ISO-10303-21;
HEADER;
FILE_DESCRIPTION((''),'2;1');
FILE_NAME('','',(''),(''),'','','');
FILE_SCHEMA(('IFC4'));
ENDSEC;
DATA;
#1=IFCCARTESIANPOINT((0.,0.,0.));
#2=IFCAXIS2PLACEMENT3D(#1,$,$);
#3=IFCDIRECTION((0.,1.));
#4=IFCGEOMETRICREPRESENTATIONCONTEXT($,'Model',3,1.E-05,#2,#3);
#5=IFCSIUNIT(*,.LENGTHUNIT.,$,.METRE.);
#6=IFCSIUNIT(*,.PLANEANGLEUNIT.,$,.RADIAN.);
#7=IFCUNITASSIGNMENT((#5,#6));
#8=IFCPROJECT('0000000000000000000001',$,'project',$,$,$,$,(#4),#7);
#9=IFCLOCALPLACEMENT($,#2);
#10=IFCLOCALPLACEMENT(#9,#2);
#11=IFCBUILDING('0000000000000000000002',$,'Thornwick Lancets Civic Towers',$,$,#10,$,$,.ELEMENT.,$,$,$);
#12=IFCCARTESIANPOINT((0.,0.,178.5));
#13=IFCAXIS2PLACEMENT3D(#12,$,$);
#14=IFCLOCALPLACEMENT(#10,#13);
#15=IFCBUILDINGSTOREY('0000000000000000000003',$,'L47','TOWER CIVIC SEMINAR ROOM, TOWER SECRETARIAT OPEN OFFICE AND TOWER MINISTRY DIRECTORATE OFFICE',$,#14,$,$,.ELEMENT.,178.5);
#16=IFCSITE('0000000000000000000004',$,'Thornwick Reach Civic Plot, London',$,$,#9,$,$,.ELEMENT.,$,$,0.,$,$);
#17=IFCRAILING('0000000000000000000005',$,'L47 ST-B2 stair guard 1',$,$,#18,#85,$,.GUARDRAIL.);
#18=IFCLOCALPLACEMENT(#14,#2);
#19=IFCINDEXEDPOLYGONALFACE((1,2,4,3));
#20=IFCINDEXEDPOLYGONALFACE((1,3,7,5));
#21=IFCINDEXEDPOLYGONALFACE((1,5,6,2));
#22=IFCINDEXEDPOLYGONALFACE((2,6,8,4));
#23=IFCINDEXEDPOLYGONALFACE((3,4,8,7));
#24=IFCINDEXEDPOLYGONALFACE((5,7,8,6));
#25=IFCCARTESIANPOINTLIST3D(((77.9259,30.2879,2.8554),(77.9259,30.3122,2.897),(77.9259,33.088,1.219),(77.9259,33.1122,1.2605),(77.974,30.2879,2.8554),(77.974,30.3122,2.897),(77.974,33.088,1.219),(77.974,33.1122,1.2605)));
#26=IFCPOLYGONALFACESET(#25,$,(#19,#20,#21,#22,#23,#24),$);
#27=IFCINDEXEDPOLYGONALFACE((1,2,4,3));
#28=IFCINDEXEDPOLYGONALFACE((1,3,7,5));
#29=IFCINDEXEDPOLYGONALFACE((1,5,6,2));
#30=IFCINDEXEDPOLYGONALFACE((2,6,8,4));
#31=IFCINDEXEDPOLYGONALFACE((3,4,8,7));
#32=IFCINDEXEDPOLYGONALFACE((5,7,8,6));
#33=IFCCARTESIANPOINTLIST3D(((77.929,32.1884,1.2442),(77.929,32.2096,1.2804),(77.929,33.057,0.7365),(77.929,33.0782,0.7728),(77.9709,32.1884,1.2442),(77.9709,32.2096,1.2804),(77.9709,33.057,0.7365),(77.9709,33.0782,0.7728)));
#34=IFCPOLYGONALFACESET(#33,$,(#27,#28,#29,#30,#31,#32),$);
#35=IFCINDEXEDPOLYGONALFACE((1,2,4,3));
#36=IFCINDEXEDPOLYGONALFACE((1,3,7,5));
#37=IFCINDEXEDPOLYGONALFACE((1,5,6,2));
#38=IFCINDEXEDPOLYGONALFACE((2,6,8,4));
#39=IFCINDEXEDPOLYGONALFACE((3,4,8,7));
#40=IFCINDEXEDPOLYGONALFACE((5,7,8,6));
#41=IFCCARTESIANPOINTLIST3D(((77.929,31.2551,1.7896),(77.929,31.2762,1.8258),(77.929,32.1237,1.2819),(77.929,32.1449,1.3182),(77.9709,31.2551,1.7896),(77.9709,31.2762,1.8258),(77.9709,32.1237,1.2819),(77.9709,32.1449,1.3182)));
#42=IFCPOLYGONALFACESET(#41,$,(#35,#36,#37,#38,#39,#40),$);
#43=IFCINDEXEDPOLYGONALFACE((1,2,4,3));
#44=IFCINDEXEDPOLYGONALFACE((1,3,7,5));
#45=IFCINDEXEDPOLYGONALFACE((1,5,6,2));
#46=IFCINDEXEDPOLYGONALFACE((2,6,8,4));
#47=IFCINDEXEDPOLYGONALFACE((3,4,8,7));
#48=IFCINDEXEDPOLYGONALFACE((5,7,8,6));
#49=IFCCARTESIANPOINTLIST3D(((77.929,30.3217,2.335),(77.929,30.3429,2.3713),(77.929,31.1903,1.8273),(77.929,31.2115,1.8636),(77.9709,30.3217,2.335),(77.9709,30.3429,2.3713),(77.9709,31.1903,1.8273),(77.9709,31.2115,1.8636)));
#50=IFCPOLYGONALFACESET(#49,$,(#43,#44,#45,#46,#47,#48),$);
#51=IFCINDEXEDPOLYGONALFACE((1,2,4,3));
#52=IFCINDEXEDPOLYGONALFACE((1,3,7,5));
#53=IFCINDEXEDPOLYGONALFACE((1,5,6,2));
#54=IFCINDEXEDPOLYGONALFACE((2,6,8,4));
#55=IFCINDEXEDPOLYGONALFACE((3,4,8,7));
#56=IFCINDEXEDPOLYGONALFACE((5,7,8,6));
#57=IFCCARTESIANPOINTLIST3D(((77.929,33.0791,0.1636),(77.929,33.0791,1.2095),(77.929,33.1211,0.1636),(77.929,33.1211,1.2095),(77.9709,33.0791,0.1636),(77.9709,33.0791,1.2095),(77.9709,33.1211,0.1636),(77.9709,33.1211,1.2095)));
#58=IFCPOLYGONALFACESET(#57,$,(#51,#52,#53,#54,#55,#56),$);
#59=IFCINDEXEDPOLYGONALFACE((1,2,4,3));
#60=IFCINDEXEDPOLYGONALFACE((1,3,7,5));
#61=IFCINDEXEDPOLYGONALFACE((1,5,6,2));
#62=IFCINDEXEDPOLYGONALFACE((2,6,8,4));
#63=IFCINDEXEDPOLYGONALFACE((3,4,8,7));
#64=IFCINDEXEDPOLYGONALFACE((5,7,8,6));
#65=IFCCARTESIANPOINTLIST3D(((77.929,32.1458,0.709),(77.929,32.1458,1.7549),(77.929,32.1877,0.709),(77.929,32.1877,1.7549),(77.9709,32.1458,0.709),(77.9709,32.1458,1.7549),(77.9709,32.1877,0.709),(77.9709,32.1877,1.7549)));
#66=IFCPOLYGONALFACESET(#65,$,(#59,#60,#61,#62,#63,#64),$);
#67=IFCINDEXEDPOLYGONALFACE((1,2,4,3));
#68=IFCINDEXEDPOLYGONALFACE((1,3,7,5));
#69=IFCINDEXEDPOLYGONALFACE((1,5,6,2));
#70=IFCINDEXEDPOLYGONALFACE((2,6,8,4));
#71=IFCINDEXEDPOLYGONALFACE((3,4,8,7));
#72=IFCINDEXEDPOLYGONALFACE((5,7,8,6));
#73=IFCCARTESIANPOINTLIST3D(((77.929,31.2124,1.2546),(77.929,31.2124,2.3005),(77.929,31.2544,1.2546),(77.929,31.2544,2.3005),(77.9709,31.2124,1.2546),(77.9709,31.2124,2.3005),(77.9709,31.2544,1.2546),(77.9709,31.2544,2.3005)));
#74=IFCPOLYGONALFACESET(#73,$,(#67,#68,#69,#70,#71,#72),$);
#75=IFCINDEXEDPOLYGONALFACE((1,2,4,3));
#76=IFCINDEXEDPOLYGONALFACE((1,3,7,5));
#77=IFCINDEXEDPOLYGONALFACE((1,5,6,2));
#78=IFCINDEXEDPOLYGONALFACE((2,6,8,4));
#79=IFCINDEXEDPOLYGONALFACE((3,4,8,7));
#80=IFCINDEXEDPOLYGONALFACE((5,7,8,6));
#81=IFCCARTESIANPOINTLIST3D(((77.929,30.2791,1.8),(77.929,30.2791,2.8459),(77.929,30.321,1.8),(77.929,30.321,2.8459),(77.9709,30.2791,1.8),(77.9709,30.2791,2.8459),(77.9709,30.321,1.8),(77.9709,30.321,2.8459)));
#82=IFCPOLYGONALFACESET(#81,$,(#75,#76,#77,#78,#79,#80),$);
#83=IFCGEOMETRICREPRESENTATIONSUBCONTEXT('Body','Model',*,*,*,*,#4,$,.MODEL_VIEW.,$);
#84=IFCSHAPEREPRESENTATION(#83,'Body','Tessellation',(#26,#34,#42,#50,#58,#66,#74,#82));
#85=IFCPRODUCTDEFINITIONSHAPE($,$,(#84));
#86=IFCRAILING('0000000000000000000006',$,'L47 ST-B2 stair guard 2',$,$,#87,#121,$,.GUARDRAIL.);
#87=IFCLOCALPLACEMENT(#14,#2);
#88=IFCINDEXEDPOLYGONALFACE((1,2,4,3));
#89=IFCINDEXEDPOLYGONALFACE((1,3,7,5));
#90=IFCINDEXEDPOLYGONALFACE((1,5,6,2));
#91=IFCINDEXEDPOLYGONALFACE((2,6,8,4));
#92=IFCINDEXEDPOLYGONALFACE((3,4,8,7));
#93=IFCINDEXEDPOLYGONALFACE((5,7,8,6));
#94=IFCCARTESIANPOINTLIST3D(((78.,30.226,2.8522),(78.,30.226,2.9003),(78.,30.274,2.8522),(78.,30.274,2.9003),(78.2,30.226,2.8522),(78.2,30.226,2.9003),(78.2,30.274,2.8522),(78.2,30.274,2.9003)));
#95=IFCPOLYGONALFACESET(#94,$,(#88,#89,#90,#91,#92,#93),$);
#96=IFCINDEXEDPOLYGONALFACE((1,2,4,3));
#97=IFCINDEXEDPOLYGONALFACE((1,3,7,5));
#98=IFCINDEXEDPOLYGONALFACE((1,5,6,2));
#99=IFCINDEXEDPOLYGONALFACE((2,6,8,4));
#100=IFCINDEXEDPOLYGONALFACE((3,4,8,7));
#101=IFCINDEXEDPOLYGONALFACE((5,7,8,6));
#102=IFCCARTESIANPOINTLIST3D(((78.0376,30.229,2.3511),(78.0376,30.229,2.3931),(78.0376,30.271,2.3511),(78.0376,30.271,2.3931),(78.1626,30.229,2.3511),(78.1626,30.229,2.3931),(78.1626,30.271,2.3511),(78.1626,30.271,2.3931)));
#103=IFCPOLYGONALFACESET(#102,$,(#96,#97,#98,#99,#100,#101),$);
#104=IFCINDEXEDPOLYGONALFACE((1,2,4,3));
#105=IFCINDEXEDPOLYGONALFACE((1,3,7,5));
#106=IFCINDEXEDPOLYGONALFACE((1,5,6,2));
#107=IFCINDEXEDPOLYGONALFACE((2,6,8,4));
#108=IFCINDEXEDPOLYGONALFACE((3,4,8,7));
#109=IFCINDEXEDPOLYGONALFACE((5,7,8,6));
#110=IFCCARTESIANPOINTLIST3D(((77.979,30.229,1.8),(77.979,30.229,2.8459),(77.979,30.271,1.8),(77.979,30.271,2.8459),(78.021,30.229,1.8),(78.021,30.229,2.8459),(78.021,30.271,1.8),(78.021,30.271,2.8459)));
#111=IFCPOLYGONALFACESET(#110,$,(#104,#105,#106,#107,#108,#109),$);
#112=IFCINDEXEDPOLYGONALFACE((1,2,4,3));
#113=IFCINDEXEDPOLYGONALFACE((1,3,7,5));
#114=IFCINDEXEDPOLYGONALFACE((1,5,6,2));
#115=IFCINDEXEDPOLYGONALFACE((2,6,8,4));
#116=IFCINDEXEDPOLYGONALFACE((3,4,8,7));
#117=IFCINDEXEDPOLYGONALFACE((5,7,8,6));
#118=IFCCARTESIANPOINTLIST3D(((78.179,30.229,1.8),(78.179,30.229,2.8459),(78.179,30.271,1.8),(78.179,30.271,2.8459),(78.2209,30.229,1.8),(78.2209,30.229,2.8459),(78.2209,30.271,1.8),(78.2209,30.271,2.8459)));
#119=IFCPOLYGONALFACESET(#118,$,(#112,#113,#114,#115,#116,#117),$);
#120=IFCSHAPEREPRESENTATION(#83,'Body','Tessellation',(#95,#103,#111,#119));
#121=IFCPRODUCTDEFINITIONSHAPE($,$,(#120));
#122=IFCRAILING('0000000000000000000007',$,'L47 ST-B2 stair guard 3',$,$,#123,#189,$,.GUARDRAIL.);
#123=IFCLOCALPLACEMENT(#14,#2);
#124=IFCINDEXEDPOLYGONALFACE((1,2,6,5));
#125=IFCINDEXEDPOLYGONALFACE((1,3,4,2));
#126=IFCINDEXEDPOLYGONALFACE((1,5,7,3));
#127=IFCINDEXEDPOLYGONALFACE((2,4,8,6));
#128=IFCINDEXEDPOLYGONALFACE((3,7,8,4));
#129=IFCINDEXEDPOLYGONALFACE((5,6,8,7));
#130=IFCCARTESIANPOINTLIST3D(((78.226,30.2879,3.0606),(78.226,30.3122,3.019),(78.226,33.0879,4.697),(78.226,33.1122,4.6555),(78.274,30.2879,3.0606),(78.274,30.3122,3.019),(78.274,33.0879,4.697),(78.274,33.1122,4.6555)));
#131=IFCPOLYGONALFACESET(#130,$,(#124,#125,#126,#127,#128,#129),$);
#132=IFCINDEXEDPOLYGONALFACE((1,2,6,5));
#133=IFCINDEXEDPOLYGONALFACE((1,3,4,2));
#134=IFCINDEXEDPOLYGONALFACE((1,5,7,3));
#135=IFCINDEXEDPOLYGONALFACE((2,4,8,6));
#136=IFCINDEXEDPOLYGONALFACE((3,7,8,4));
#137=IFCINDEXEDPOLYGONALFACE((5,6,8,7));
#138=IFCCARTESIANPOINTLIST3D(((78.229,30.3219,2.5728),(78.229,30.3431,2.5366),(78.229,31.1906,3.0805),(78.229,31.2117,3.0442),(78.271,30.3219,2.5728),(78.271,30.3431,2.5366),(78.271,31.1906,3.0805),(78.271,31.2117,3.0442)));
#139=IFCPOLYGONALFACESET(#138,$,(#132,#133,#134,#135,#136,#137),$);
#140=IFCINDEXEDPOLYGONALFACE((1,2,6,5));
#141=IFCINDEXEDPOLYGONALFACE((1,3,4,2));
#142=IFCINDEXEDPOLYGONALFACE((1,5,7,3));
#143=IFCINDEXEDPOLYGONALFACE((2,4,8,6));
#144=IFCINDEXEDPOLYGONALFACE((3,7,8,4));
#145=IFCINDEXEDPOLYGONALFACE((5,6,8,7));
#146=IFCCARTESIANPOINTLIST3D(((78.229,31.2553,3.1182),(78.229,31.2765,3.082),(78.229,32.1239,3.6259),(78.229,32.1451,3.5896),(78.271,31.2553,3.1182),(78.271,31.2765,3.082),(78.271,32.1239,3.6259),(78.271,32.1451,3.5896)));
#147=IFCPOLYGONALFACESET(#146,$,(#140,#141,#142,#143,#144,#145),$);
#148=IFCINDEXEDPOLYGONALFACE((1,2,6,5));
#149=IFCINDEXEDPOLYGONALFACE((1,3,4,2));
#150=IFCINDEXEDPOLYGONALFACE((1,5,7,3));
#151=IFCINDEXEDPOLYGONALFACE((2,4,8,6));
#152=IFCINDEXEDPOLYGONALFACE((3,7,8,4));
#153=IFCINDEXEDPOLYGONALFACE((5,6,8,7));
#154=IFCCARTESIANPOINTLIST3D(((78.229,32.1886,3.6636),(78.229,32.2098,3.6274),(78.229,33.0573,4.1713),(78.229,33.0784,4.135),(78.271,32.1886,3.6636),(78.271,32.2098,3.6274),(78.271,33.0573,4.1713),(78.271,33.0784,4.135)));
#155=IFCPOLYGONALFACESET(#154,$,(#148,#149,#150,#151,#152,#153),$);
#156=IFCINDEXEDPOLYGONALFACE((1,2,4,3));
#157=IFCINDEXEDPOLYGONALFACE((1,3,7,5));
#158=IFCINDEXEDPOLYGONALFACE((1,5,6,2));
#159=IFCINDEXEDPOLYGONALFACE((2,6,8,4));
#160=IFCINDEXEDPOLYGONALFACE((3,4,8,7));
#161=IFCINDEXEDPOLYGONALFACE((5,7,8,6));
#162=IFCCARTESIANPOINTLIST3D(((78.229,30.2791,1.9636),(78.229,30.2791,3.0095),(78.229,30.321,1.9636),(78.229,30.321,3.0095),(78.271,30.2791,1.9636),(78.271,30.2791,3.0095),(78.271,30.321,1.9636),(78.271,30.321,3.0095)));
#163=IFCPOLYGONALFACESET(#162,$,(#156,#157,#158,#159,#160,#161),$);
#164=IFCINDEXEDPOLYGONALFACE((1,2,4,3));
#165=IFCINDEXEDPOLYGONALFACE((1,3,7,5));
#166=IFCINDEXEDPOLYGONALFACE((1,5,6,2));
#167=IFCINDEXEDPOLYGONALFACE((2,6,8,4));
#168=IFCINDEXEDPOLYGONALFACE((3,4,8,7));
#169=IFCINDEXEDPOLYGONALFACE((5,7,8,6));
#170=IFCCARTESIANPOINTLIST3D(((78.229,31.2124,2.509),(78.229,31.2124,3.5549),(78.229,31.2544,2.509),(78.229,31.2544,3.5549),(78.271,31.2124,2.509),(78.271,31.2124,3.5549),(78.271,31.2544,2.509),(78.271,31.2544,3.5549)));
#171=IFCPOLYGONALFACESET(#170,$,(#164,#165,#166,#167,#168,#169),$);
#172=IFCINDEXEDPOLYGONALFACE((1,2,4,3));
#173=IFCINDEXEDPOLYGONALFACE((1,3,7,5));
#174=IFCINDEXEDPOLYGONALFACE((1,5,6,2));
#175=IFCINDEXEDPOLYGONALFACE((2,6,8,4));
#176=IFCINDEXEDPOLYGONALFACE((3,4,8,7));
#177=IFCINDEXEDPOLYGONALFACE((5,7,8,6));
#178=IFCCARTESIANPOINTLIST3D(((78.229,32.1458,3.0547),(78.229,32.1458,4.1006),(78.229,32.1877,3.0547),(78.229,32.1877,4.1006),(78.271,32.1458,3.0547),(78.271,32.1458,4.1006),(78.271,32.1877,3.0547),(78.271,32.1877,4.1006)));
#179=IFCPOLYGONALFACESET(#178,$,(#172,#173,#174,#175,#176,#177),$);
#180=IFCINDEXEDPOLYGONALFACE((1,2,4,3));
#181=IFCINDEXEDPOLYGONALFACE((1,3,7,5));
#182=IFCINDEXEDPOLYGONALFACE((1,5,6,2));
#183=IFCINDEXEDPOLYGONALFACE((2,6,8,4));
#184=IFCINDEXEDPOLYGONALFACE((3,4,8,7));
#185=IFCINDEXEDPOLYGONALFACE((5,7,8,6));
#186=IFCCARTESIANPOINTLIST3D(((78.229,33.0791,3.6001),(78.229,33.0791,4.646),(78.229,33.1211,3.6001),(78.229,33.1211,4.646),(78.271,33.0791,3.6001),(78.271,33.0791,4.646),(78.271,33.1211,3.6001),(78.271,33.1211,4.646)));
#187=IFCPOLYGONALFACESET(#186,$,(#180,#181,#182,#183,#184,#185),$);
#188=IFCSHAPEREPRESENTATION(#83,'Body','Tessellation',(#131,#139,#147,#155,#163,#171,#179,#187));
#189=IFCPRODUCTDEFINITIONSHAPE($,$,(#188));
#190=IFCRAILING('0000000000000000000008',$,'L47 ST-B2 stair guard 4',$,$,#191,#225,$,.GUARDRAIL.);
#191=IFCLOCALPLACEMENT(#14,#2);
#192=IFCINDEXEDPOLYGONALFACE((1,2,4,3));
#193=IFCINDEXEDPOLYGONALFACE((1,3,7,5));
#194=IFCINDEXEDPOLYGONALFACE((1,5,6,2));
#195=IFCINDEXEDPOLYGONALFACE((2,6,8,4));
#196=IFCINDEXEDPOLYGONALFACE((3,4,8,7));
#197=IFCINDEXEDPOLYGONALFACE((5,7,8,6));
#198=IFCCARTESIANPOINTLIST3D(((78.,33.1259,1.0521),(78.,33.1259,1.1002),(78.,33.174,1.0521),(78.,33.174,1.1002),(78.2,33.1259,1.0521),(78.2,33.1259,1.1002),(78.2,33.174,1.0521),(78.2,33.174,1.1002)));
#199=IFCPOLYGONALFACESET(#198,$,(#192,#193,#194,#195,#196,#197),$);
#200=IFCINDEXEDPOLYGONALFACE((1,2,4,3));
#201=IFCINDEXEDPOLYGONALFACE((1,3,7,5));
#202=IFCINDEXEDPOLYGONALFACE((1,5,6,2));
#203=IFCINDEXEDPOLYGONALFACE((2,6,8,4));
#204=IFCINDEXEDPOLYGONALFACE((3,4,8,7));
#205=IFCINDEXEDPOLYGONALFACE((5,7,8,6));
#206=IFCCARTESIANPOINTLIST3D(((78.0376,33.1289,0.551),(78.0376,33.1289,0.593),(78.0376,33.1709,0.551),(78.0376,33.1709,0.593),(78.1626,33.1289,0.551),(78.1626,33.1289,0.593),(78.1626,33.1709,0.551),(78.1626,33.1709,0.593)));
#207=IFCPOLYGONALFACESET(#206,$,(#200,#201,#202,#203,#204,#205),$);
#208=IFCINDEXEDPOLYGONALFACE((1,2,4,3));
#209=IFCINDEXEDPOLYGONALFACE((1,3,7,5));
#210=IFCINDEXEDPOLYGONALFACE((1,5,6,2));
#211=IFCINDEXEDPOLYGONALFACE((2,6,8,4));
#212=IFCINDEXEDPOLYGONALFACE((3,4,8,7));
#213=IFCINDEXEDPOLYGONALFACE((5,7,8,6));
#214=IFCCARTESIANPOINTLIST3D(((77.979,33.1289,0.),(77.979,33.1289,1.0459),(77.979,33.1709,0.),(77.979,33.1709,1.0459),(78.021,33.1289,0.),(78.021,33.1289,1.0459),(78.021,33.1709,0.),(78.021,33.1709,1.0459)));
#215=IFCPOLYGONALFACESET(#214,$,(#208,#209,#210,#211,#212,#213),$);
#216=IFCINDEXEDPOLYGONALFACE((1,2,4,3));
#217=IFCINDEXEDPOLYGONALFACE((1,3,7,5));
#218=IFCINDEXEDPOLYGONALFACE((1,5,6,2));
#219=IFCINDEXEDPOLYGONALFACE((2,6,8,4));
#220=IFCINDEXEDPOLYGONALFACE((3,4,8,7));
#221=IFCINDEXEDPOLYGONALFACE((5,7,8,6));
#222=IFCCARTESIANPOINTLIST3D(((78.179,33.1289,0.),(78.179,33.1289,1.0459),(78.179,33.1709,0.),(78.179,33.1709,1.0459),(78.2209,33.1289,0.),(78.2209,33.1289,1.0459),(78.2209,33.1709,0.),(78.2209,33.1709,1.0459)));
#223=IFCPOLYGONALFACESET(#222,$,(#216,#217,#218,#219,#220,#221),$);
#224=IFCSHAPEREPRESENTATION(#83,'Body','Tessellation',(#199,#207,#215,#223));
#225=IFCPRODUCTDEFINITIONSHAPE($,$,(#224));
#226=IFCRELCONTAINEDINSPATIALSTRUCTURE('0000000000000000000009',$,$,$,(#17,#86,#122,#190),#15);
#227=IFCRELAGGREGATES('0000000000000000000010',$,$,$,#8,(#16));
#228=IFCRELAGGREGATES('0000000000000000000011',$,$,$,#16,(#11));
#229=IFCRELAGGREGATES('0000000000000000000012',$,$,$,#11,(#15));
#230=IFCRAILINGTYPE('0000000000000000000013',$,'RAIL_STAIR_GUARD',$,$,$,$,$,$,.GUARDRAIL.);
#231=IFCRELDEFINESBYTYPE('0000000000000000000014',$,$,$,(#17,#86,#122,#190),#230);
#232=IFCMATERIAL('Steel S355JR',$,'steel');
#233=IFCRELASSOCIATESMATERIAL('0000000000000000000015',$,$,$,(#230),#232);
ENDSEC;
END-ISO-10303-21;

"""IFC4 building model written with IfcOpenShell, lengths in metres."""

from ifc_helpers import new_model, si_unit, direction, frame, origin, origin_2d, place, context, subcontext, project, spatial, rectangle, extrude, material, type_object, element, save


model = new_model("IFC4")

# Units and contexts
model_context = context("Model", 3, precision=1e-05, world=origin(), true_north=direction((0.0, 1.0)))
body_context = subcontext(model_context, "Body", "Model", "MODEL_VIEW")
ifc_project = project(units=[si_unit("LENGTHUNIT", "METRE"), si_unit("PLANEANGLEUNIT", "RADIAN")], contexts=[model_context])

# Site, building, storey
site_placement = place(None, origin())
site = spatial("IfcSite", under=ifc_project, at=site_placement, Name="Thornwick Reach Civic Plot, London", CompositionType="ELEMENT", RefElevation=0.0)
building_placement = place(site_placement, origin())
building = spatial("IfcBuilding", under=site, at=building_placement, Name="Thornwick Lancets Civic Towers", CompositionType="ELEMENT")
storey_placement = place(building_placement, frame((0.0, 0.0, 178.5)))
storey = spatial("IfcBuildingStorey", under=building, at=storey_placement, Name="L47", Description="TOWER CIVIC SEMINAR ROOM, TOWER SECRETARIAT OPEN OFFICE AND TOWER MINISTRY DIRECTORATE OFFICE", CompositionType="ELEMENT", Elevation=178.5)

# Railings
ifc_material_1 = material(Name="Steel S355JR", Category="steel")
railing_type_1 = type_object("IfcRailingType", Name="RAIL_STAIR_GUARD", PredefinedType="GUARDRAIL", material=ifc_material_1)
railing_1_placement = place(storey_placement, frame((77.95, 33.1001, 0.1636)))
element("IfcRailing", 1, at=railing_1_placement, inside=storey, type_object=railing_type_1, Name="L47 ST-B2 stair guard 1", PredefinedType="GUARDRAIL", context=body_context, shape_type="SweptSolid", body=[
    extrude(rectangle(XDim=0.0481, YDim=0.0481, at=origin_2d()), frame((0.0, 0.0, 1.0762), z_axis=(0.0, -0.863361, 0.504587), x_axis=(1.0, 0.0, 0.0)), (0.0, 0.0, 1.0), 3.2432),
    extrude(rectangle(XDim=0.042, YDim=0.042, at=origin_2d()), frame((0.0, -0.0325, 0.5911), z_axis=(0.0, -0.863361, 0.504587), x_axis=(1.0, 0.0, 0.0)), (0.0, 0.0, 1.0), 1.0061),
    extrude(rectangle(XDim=0.042, YDim=0.042, at=origin_2d()), frame((0.0, -0.9658, 1.1365), z_axis=(0.0, -0.863361, 0.504587), x_axis=(1.0, 0.0, 0.0)), (0.0, 0.0, 1.0), 1.0061),
    extrude(rectangle(XDim=0.042, YDim=0.042, at=origin_2d()), frame((0.0, -1.8992, 1.6819), z_axis=(0.0, -0.863361, 0.504587), x_axis=(1.0, 0.0, 0.0)), (0.0, 0.0, 1.0), 1.0061),
    extrude(rectangle(XDim=0.042, YDim=0.042, at=origin_2d()), origin(), (0.0, 0.0, 1.0), 1.0459),
    extrude(rectangle(XDim=0.042, YDim=0.042, at=origin_2d()), frame((0.0, -0.9333, 0.5454)), (0.0, 0.0, 1.0), 1.0459),
    extrude(rectangle(XDim=0.042, YDim=0.042, at=origin_2d()), frame((0.0, -1.8667, 1.0911)), (0.0, 0.0, 1.0), 1.0459),
    extrude(rectangle(XDim=0.042, YDim=0.042, at=origin_2d()), frame((0.0, -2.8, 1.6365)), (0.0, 0.0, 1.0), 1.0459),
])
railing_2_placement = place(storey_placement, frame((78.0, 30.25, 1.8)))
element("IfcRailing", 2, at=railing_2_placement, inside=storey, type_object=railing_type_1, Name="L47 ST-B2 stair guard 2", PredefinedType="GUARDRAIL", context=body_context, shape_type="SweptSolid", body=[
    extrude(rectangle(XDim=0.0481, YDim=0.0481, at=origin_2d()), frame((0.0, 0.0, 1.0762), z_axis=(1.0, 0.0, 0.0), x_axis=(0.0, 1.0, 0.0)), (0.0, 0.0, 1.0), 0.2),
    extrude(rectangle(XDim=0.042, YDim=0.042, at=origin_2d()), frame((0.0376, 0.0, 0.572), z_axis=(1.0, 0.0, 0.0), x_axis=(0.0, 1.0, 0.0)), (0.0, 0.0, 1.0), 0.125),
    extrude(rectangle(XDim=0.042, YDim=0.042, at=origin_2d()), origin(), (0.0, 0.0, 1.0), 1.0459),
    extrude(rectangle(XDim=0.042, YDim=0.042, at=origin_2d()), frame((0.2, 0.0, 0.0)), (0.0, 0.0, 1.0), 1.0459),
])
railing_3_placement = place(storey_placement, frame((78.25, 30.3, 1.9636)))
element("IfcRailing", 3, at=railing_3_placement, inside=storey, type_object=railing_type_1, Name="L47 ST-B2 stair guard 3", PredefinedType="GUARDRAIL", context=body_context, shape_type="SweptSolid", body=[
    extrude(rectangle(XDim=0.0481, YDim=0.0481, at=origin_2d()), frame((0.0, 0.0, 1.0762), z_axis=(0.0, 0.863361, 0.504587), x_axis=(-1.0, 0.0, 0.0)), (0.0, 0.0, 1.0), 3.2432),
    extrude(rectangle(XDim=0.042, YDim=0.042, at=origin_2d()), frame((0.0, 0.0325, 0.5911), z_axis=(0.0, 0.863361, 0.504587), x_axis=(-1.0, 0.0, 0.0)), (0.0, 0.0, 1.0), 1.0061),
    extrude(rectangle(XDim=0.042, YDim=0.042, at=origin_2d()), frame((0.0, 0.9658, 1.1365), z_axis=(0.0, 0.863361, 0.504587), x_axis=(-1.0, 0.0, 0.0)), (0.0, 0.0, 1.0), 1.0061),
    extrude(rectangle(XDim=0.042, YDim=0.042, at=origin_2d()), frame((0.0, 1.8992, 1.6819), z_axis=(0.0, 0.863361, 0.504587), x_axis=(-1.0, 0.0, 0.0)), (0.0, 0.0, 1.0), 1.0061),
    extrude(rectangle(XDim=0.042, YDim=0.042, at=origin_2d()), origin(), (0.0, 0.0, 1.0), 1.0459),
    extrude(rectangle(XDim=0.042, YDim=0.042, at=origin_2d()), frame((0.0, 0.9333, 0.5454)), (0.0, 0.0, 1.0), 1.0459),
    extrude(rectangle(XDim=0.042, YDim=0.042, at=origin_2d()), frame((0.0, 1.8667, 1.0911)), (0.0, 0.0, 1.0), 1.0459),
    extrude(rectangle(XDim=0.042, YDim=0.042, at=origin_2d()), frame((0.0, 2.8, 1.6365)), (0.0, 0.0, 1.0), 1.0459),
])
railing_4_placement = place(storey_placement, frame((78.0, 33.1499, 0.0)))
element("IfcRailing", 4, at=railing_4_placement, inside=storey, type_object=railing_type_1, Name="L47 ST-B2 stair guard 4", PredefinedType="GUARDRAIL", context=body_context, shape_type="SweptSolid", body=[
    extrude(rectangle(XDim=0.0481, YDim=0.0481, at=origin_2d()), frame((0.0, 0.0, 1.0762), z_axis=(1.0, 0.0, 0.0), x_axis=(0.0, 1.0, 0.0)), (0.0, 0.0, 1.0), 0.2),
    extrude(rectangle(XDim=0.042, YDim=0.042, at=origin_2d()), frame((0.0376, 0.0, 0.572), z_axis=(1.0, 0.0, 0.0), x_axis=(0.0, 1.0, 0.0)), (0.0, 0.0, 1.0), 0.125),
    extrude(rectangle(XDim=0.042, YDim=0.042, at=origin_2d()), origin(), (0.0, 0.0, 1.0), 1.0459),
    extrude(rectangle(XDim=0.042, YDim=0.042, at=origin_2d()), frame((0.2, 0.0, 0.0)), (0.0, 0.0, 1.0), 1.0459),
])

save(model, "model.ifc")
